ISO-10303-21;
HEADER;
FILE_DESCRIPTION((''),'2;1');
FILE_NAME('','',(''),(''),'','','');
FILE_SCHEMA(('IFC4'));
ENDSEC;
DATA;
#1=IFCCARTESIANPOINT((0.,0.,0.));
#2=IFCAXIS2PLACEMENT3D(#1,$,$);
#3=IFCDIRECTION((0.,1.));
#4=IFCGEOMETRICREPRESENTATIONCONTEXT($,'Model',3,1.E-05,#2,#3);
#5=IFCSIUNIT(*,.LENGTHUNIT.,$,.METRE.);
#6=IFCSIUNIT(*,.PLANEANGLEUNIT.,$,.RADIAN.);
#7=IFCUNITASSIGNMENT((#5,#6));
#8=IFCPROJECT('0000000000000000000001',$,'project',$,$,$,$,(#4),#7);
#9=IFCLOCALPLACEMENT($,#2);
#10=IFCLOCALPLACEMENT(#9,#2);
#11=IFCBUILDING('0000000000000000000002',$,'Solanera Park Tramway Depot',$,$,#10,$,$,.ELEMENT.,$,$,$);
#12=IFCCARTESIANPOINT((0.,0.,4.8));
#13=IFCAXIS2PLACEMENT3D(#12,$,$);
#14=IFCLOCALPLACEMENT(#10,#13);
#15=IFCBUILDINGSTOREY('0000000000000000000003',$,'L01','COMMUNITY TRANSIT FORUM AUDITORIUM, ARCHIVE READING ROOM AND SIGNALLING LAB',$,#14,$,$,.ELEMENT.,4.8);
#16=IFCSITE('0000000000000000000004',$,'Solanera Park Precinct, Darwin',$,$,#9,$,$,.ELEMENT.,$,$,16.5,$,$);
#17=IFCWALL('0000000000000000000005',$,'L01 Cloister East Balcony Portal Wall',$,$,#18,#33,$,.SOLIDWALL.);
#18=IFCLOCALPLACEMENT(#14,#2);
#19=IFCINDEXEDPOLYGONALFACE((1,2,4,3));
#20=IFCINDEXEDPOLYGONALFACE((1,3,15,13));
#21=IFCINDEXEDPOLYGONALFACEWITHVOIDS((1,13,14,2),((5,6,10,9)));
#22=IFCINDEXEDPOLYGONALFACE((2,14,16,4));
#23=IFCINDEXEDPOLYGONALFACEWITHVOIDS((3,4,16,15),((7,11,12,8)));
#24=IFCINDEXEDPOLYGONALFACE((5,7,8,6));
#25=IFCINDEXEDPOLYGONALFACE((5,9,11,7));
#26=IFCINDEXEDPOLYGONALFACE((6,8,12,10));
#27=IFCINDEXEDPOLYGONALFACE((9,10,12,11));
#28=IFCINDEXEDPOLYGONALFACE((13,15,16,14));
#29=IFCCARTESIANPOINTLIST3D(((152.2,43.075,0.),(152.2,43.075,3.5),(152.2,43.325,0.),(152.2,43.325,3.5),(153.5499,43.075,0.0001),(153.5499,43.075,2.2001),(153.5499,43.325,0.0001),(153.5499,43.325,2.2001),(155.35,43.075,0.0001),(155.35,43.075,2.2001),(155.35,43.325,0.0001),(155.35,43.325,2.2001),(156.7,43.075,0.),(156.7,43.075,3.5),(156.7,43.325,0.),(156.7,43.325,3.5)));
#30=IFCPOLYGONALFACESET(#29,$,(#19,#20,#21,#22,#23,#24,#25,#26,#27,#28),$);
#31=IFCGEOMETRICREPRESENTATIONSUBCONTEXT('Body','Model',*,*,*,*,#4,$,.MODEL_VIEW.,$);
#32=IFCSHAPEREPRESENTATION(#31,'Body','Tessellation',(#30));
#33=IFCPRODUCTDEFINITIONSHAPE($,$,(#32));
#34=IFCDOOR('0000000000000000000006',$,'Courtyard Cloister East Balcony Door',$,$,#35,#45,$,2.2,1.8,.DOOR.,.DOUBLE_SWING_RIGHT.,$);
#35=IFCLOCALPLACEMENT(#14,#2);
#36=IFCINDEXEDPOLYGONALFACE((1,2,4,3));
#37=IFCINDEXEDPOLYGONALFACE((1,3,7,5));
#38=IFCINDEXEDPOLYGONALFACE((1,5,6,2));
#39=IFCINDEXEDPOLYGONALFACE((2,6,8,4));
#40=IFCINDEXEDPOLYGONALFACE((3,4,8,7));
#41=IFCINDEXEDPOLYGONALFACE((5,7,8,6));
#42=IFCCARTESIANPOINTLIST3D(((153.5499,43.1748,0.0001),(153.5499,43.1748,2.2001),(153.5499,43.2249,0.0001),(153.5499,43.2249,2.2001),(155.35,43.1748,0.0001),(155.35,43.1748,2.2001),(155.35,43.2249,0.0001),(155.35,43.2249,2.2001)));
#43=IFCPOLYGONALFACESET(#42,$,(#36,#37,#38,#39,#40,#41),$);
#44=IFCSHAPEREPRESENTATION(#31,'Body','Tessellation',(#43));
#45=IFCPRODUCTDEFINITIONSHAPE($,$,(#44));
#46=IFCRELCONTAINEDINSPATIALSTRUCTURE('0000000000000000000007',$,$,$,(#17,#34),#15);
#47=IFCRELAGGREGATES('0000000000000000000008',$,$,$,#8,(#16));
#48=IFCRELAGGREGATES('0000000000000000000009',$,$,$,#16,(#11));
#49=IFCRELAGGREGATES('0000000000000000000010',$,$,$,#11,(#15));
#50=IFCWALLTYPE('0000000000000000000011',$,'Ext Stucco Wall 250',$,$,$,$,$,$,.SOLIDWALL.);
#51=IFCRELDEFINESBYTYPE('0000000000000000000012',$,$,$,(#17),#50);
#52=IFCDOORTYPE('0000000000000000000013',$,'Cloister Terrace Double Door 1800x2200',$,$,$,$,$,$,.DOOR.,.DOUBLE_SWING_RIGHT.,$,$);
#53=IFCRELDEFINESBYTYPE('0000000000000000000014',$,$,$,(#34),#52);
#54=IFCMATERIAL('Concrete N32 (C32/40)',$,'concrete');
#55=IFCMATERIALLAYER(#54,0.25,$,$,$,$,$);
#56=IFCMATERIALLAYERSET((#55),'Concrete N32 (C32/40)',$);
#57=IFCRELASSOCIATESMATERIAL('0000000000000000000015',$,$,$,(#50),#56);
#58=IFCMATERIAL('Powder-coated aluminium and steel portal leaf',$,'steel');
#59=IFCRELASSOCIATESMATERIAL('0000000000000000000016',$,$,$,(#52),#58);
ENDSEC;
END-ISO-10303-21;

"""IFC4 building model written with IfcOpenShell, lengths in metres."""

from ifc_helpers import new_model, si_unit, direction, frame, frame_2d, origin, place, context, subcontext, project, spatial, rectangle, extrude, material, layer, layer_set, type_object, element, fill, save


model = new_model("IFC4")

# Units and contexts
model_context = context("Model", 3, precision=1e-05, world=origin(), true_north=direction((0.0, 1.0)))
body_context = subcontext(model_context, "Body", "Model", "MODEL_VIEW")
ifc_project = project(units=[si_unit("LENGTHUNIT", "METRE"), si_unit("PLANEANGLEUNIT", "RADIAN")], contexts=[model_context])

# Site, building, storey
site_placement = place(None, origin())
site = spatial("IfcSite", under=ifc_project, at=site_placement, Name="Solanera Park Precinct, Darwin", CompositionType="ELEMENT", RefElevation=16.5)
building_placement = place(site_placement, origin())
building = spatial("IfcBuilding", under=site, at=building_placement, Name="Solanera Park Tramway Depot", CompositionType="ELEMENT")
storey_placement = place(building_placement, frame((0.0, 0.0, 4.8)))
storey = spatial("IfcBuildingStorey", under=building, at=storey_placement, Name="L01", Description="COMMUNITY TRANSIT FORUM AUDITORIUM, ARCHIVE READING ROOM AND SIGNALLING LAB", CompositionType="ELEMENT", Elevation=4.8)

# Wall, opening, door
ifc_material_1 = material(Name="Concrete N32 (C32/40)", Category="concrete")
ifc_layer_1 = layer(ifc_material_1, 0.25)
ifc_layer_set_1 = layer_set([ifc_layer_1], Name="Concrete N32 (C32/40)")
wall_type = type_object("IfcWallType", Name="Ext Stucco Wall 250", PredefinedType="SOLIDWALL", material=ifc_layer_set_1)
wall_placement = place(storey_placement, frame((152.2, 43.2, 0.0), z_axis=(0.0, 0.0, 1.0), x_axis=(1.0, 0.0, 0.0)))
wall = element("IfcWall", 1, at=wall_placement, inside=storey, type_object=wall_type, Name="L01 Cloister East Balcony Portal Wall", PredefinedType="SOLIDWALL", context=body_context, shape_type="SweptSolid", body=[
    extrude(rectangle(XDim=4.5, YDim=0.25, at=frame_2d((2.25, 0.0))), origin(), (0.0, 0.0, 1.0), 3.5),
])
opening_placement = place(wall_placement, frame((1.3501, 0.0, 0.0)))
opening = element("IfcOpeningElement", 2, at=opening_placement, cuts=wall, PredefinedType="OPENING", context=body_context, shape_type="SweptSolid", body=[
    extrude(rectangle(XDim=1.8, YDim=2.2, at=frame_2d((0.8999, 1.1001))), frame((0.0, 0.135, 0.0), z_axis=(0.0, -1.0, 0.0), x_axis=(1.0, 0.0, 0.0)), (0.0, 0.0, 1.0), 0.27),
])
ifc_material_2 = material(Name="Powder-coated aluminium and steel portal leaf", Category="steel")
door_type = type_object("IfcDoorType", Name="Cloister Terrace Double Door 1800x2200", OperationType="DOUBLE_SWING_RIGHT", PredefinedType="DOOR", material=ifc_material_2)
door_placement = place(opening_placement, origin())
door = element("IfcDoor", 3, at=door_placement, inside=storey, type_object=door_type, Name="Courtyard Cloister East Balcony Door", OperationType="DOUBLE_SWING_RIGHT", OverallHeight=2.2, OverallWidth=1.8, PredefinedType="DOOR", context=body_context, shape_type="SweptSolid", body=[
    extrude(rectangle(XDim=1.8, YDim=2.2, at=frame_2d((0.8999, 1.1001))), frame((0.0, 0.0249, 0.0), z_axis=(0.0, -1.0, 0.0), x_axis=(1.0, 0.0, 0.0)), (0.0, 0.0, 1.0), 0.05),
])
fill(opening, door)

save(model, "model.ifc")
